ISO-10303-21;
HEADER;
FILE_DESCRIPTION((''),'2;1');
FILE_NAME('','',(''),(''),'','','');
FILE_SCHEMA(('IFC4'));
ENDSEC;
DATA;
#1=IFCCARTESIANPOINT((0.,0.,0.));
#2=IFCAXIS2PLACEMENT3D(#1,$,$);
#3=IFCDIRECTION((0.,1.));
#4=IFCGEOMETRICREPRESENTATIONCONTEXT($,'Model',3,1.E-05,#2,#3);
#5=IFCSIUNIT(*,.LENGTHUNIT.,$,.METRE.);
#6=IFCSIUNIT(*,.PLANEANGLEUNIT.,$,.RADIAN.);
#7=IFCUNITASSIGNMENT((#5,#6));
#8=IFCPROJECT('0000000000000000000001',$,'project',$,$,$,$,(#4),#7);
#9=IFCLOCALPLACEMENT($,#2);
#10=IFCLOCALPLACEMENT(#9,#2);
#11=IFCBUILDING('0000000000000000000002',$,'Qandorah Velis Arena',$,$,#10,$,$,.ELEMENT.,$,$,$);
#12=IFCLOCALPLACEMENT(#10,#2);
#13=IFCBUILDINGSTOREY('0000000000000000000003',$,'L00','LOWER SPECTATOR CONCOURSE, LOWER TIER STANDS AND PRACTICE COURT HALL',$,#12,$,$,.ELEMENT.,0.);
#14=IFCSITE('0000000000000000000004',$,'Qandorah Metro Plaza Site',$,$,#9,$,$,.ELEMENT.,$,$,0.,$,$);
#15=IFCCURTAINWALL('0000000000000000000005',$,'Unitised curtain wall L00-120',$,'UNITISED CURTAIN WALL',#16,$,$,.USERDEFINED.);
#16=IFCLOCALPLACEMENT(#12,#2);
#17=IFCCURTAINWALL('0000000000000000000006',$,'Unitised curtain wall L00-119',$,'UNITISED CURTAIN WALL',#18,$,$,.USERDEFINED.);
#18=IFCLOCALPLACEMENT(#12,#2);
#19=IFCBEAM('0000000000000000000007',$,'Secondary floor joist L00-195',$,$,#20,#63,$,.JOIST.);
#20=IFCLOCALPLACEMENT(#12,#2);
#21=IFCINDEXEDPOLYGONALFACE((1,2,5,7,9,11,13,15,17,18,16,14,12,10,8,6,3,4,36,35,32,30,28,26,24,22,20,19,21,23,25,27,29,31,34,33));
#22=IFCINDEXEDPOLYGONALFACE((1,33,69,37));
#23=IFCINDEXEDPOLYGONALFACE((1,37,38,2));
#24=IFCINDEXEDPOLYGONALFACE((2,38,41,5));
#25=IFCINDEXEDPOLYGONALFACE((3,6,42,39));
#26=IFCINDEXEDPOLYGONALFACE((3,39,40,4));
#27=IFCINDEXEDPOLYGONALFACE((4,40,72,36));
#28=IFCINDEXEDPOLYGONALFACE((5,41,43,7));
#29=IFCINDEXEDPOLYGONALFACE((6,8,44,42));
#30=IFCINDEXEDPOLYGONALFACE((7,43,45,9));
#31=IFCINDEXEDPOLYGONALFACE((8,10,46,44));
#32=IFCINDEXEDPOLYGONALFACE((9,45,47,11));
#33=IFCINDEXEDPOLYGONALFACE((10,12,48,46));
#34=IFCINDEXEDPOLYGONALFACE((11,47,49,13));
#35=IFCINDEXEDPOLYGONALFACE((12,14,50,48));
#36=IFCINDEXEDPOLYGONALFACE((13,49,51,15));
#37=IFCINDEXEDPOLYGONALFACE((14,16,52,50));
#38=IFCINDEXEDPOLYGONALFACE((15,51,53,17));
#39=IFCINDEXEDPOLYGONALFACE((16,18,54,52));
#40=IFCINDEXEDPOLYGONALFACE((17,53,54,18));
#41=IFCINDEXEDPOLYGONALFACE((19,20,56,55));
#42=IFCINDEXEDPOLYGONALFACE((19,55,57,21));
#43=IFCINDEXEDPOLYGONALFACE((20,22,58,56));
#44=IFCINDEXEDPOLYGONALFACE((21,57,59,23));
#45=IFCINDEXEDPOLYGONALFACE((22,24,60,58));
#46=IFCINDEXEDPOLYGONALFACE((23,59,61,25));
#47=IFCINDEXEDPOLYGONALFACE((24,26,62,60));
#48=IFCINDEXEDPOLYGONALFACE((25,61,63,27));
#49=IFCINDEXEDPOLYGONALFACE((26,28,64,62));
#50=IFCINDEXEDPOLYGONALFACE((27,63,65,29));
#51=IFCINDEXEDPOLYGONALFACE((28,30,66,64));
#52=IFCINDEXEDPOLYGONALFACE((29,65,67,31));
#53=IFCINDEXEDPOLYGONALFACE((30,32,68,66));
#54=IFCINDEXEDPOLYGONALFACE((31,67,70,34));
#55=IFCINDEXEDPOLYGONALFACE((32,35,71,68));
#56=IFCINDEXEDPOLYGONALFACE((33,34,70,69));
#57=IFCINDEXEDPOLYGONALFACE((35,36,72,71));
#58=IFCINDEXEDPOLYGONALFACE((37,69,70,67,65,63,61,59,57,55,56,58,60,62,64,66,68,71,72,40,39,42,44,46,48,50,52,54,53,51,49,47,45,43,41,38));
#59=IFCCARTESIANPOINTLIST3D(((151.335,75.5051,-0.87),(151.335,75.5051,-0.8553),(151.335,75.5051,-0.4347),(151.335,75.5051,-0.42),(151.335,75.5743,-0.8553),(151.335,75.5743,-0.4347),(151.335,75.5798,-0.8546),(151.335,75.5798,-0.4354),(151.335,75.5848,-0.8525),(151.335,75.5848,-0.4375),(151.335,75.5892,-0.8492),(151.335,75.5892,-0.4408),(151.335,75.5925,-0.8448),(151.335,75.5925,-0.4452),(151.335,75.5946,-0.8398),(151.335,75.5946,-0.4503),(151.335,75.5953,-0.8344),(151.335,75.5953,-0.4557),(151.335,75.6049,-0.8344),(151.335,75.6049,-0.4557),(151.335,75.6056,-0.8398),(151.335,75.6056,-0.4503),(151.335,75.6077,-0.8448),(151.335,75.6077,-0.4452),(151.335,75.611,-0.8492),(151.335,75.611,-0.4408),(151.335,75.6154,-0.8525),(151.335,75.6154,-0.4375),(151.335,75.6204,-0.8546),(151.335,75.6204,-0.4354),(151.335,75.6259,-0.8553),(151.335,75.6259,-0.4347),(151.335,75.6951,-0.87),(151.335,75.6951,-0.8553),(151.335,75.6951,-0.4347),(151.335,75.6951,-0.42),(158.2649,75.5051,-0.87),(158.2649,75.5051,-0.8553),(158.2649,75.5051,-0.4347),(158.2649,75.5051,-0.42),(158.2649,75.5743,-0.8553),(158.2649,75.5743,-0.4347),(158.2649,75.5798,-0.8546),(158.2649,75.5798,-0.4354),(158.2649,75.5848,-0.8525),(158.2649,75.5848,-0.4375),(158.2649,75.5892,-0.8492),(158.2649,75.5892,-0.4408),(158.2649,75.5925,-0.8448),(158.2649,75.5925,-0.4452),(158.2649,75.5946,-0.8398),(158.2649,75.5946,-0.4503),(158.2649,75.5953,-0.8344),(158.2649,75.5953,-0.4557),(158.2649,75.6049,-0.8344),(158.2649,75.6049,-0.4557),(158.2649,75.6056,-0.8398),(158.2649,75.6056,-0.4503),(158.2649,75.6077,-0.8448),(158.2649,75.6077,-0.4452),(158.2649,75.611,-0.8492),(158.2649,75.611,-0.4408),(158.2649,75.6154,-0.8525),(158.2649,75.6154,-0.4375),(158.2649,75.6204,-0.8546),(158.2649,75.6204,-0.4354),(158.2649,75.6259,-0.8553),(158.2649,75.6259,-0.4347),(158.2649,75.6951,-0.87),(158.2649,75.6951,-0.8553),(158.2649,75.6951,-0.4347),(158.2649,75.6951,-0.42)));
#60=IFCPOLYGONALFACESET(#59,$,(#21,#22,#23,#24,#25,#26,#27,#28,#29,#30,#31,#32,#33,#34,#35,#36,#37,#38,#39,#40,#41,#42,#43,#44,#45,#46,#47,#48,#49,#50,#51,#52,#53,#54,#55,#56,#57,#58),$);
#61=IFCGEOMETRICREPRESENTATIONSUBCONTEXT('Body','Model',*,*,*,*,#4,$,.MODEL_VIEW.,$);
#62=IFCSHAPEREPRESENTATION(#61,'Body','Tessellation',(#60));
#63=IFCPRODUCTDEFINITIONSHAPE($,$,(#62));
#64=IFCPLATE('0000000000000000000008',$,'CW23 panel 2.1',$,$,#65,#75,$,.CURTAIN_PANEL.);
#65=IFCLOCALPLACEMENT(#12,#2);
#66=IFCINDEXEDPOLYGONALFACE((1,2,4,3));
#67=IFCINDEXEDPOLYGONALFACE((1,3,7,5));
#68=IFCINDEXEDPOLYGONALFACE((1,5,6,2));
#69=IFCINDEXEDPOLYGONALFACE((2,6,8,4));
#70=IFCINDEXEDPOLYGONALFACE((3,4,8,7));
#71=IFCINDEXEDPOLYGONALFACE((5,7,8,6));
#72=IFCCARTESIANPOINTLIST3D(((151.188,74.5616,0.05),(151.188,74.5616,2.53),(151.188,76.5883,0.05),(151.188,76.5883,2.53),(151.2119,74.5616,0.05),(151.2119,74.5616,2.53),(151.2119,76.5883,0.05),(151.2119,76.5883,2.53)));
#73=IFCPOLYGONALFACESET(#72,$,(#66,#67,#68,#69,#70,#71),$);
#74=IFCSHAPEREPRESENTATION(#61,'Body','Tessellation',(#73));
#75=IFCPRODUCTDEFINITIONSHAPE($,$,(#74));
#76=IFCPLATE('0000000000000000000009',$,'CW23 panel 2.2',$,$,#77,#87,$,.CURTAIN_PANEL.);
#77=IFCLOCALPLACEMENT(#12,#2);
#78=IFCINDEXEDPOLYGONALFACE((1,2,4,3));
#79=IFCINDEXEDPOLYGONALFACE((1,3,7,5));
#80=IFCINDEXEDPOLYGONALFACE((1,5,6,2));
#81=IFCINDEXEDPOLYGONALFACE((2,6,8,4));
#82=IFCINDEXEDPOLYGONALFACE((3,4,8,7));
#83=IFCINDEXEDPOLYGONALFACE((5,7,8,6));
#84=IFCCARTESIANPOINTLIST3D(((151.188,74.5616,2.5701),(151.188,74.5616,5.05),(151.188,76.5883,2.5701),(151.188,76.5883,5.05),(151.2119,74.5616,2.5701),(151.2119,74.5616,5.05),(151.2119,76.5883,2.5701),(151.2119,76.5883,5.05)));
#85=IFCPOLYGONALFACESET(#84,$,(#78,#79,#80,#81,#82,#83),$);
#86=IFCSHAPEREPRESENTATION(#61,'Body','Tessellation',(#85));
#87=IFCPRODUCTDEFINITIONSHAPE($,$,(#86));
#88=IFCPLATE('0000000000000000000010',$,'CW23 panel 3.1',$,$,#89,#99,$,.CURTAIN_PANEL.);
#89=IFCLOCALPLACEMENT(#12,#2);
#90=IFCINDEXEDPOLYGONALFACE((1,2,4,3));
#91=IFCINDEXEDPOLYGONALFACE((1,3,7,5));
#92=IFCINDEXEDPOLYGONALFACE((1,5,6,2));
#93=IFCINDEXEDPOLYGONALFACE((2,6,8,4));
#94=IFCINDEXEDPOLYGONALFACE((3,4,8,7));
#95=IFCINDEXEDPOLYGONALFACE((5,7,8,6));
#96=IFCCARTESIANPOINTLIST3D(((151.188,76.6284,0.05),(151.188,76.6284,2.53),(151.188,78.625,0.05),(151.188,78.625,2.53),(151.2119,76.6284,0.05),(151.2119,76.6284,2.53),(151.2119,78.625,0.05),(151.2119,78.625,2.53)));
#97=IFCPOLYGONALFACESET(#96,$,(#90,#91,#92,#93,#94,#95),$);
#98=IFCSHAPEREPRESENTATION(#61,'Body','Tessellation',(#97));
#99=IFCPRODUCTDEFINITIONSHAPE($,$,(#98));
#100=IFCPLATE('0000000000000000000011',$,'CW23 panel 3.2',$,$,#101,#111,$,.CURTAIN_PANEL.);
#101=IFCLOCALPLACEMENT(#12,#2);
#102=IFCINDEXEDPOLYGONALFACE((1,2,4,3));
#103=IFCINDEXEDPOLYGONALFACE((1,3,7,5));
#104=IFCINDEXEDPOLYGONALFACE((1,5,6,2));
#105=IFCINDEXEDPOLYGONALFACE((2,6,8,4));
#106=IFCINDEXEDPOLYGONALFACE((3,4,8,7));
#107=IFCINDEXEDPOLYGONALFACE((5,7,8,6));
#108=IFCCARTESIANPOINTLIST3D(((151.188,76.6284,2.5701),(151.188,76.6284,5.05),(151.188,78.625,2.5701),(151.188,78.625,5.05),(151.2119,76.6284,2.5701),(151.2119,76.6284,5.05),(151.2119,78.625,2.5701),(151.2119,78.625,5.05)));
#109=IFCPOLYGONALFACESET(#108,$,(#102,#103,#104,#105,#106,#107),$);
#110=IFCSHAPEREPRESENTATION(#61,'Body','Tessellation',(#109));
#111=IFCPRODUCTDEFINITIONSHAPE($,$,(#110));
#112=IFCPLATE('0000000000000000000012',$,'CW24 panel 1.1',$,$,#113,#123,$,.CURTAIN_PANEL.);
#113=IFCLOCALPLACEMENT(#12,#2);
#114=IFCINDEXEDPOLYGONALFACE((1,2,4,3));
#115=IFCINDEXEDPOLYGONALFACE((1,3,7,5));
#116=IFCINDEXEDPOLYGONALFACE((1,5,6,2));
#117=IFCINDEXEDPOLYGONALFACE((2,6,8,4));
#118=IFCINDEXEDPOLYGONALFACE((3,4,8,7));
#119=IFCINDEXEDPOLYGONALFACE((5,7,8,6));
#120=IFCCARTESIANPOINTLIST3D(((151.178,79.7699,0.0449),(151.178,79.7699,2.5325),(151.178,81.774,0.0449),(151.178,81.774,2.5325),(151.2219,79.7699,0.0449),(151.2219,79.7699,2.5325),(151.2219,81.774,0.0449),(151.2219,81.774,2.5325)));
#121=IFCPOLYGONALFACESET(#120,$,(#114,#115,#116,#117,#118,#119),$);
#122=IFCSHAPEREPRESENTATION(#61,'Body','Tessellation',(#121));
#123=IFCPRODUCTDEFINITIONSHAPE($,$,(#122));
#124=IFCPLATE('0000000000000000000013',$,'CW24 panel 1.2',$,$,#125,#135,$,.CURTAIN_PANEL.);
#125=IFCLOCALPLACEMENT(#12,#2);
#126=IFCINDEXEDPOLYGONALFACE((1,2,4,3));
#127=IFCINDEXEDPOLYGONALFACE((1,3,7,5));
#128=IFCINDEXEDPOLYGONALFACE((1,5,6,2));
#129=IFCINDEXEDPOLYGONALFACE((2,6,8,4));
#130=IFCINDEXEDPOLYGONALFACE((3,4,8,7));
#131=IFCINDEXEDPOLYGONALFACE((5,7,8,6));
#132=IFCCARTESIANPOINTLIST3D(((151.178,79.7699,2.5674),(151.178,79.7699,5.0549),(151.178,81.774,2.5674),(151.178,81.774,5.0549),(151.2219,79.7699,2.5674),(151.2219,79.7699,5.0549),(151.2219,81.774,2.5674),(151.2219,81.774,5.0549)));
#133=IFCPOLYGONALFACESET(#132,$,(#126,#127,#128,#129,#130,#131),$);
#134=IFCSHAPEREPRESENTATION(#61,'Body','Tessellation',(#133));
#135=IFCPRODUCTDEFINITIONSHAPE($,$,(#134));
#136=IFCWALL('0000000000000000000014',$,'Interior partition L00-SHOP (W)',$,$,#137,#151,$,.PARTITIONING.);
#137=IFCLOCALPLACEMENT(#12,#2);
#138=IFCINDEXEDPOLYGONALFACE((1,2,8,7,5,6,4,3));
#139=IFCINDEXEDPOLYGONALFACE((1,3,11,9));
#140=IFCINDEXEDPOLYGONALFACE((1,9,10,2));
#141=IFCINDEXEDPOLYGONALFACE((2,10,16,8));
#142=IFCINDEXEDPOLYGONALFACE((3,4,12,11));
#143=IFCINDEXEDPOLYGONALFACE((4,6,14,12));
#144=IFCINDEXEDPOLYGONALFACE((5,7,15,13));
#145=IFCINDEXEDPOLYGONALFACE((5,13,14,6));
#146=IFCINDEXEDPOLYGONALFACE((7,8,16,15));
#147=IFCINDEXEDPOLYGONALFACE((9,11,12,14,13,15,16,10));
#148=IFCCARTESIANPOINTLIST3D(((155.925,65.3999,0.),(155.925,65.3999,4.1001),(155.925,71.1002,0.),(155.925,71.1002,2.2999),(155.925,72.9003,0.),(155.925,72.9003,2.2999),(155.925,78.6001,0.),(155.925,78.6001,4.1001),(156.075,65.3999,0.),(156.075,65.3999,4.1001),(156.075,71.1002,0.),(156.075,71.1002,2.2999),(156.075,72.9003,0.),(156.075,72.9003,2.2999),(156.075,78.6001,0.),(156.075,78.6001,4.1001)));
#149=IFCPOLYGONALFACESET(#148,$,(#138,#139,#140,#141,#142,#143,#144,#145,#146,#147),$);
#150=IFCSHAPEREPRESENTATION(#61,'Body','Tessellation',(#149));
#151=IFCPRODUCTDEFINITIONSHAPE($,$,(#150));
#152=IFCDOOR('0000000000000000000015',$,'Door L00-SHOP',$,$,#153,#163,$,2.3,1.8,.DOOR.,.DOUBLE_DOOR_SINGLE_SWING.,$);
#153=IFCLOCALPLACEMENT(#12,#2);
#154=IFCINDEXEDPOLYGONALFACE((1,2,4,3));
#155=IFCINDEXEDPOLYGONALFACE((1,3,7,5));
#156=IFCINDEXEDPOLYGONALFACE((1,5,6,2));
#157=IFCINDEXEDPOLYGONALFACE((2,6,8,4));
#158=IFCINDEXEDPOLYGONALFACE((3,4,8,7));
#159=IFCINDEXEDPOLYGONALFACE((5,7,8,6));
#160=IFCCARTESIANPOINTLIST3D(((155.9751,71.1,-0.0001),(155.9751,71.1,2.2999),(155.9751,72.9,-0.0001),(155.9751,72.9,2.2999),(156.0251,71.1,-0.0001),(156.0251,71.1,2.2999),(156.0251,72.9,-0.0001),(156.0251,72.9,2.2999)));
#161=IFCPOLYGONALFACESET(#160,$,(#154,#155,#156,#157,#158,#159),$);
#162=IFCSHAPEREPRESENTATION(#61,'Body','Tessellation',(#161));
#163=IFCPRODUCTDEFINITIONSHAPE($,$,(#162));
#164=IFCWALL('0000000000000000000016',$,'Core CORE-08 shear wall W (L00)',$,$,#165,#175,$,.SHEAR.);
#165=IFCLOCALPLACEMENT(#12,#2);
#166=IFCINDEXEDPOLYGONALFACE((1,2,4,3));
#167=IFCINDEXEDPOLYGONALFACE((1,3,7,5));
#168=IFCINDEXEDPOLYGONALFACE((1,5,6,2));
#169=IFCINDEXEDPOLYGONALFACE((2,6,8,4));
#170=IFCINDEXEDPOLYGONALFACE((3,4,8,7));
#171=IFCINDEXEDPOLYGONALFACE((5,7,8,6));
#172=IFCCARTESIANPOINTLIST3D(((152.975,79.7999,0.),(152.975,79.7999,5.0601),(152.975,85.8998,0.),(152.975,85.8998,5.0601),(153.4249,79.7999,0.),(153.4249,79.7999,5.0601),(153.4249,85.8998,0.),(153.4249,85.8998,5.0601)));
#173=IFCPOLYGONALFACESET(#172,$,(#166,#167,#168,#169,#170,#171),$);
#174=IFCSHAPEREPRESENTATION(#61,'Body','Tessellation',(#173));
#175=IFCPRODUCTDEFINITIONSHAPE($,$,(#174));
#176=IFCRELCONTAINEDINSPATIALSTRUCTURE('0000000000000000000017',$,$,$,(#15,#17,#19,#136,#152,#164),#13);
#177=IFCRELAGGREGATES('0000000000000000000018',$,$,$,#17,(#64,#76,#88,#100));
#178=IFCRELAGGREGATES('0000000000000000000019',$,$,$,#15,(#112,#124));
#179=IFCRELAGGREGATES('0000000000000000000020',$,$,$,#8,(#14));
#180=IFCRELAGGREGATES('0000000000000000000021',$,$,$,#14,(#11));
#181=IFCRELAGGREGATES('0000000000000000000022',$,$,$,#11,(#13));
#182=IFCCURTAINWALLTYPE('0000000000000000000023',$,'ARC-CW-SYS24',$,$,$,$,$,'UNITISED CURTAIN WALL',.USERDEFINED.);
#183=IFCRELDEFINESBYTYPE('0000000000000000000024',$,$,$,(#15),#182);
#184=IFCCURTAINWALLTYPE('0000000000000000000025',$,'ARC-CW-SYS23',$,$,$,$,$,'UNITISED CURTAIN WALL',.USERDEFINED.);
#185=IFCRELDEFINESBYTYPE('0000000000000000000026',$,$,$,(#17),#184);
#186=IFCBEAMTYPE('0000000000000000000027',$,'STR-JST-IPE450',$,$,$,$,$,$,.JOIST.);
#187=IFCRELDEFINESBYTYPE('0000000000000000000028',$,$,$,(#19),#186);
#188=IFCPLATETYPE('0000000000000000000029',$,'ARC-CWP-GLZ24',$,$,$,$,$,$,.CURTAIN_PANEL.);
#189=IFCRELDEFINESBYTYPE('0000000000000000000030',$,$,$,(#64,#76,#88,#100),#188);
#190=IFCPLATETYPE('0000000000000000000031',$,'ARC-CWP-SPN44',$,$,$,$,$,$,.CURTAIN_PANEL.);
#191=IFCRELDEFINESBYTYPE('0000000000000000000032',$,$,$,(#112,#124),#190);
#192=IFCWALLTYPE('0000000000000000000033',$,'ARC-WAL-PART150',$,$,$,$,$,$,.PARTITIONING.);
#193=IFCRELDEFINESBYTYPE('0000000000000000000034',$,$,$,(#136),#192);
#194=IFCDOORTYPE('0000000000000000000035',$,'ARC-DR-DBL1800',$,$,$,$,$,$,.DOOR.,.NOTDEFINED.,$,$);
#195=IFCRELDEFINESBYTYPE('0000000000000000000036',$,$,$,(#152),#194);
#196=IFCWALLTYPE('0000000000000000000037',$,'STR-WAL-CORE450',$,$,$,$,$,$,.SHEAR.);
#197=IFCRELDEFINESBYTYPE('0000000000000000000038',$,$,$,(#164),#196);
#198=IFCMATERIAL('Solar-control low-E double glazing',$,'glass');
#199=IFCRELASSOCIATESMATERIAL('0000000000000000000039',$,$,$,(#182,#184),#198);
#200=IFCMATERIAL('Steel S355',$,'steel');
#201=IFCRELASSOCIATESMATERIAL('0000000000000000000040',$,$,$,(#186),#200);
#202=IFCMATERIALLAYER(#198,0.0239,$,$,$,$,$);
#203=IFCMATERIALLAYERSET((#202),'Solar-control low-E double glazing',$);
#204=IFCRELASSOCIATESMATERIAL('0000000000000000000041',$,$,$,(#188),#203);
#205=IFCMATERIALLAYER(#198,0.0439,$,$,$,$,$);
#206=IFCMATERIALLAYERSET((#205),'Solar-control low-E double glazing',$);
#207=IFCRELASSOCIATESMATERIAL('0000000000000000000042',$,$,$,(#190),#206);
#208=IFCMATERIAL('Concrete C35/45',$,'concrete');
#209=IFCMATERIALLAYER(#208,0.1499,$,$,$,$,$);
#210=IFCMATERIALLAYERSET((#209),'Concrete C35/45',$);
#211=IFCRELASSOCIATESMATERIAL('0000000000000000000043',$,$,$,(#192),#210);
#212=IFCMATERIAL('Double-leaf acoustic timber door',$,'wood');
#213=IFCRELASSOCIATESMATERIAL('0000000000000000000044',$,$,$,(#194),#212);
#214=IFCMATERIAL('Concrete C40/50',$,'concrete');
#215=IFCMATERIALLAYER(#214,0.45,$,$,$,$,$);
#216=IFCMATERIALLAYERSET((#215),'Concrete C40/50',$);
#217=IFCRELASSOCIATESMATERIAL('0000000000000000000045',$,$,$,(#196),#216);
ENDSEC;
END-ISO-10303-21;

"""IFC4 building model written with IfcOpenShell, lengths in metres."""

from ifc_helpers import new_model, si_unit, direction, frame, frame_2d, origin, origin_2d, place, context, subcontext, project, spatial, rectangle, i_section, extrude, material, layer, layer_set, material_profile, profile_set, type_object, element, fill, aggregate, save


model = new_model("IFC4")

# Units and contexts
model_context = context("Model", 3, precision=1e-05, world=origin(), true_north=direction((0.0, 1.0)))
body_context = subcontext(model_context, "Body", "Model", "MODEL_VIEW")
ifc_project = project(units=[si_unit("LENGTHUNIT", "METRE"), si_unit("PLANEANGLEUNIT", "RADIAN")], contexts=[model_context])

# Site, building, storey
site_placement = place(None, origin())
site = spatial("IfcSite", under=ifc_project, at=site_placement, Name="Qandorah Metro Plaza Site", CompositionType="ELEMENT", RefElevation=0.0)
building_placement = place(site_placement, origin())
building = spatial("IfcBuilding", under=site, at=building_placement, Name="Qandorah Velis Arena", CompositionType="ELEMENT")
storey_placement = place(building_placement, origin())
storey = spatial("IfcBuildingStorey", under=building, at=storey_placement, Name="L00", Description="LOWER SPECTATOR CONCOURSE, LOWER TIER STANDS AND PRACTICE COURT HALL", CompositionType="ELEMENT", Elevation=0.0)

# Shared definitions
ifc_material_1 = material(Name="Concrete C40/50", Category="concrete")

# Curtain walls
ifc_material_2 = material(Name="Solar-control low-E double glazing", Category="glass")
curtain_wall_type_1 = type_object("IfcCurtainWallType", Name="ARC-CW-SYS24", ElementType="UNITISED CURTAIN WALL", PredefinedType="USERDEFINED", material=ifc_material_2)
curtain_wall_1_placement = place(storey_placement, origin())
curtain_wall_1 = element("IfcCurtainWall", 1, at=curtain_wall_1_placement, inside=storey, type_object=curtain_wall_type_1, Name="Unitised curtain wall L00-120", ObjectType="UNITISED CURTAIN WALL", PredefinedType="USERDEFINED")
curtain_wall_type_2 = type_object("IfcCurtainWallType", Name="ARC-CW-SYS23", ElementType="UNITISED CURTAIN WALL", PredefinedType="USERDEFINED", material=ifc_material_2)
curtain_wall_2_placement = place(storey_placement, origin())
curtain_wall_2 = element("IfcCurtainWall", 2, at=curtain_wall_2_placement, inside=storey, type_object=curtain_wall_type_2, Name="Unitised curtain wall L00-119", ObjectType="UNITISED CURTAIN WALL", PredefinedType="USERDEFINED")

# Beam
ifc_material_3 = material(Name="Steel S355", Category="steel")
ifc_material_profile_1 = material_profile(ifc_material_3, i_section(OverallWidth=0.1899, OverallDepth=0.45, WebThickness=0.0095, FlangeThickness=0.0146, FilletRadius=0.021, at=origin_2d()), Name="IPE 450")
ifc_profile_set_1 = profile_set([ifc_material_profile_1], Name="Steel S355")
beam_type_1 = type_object("IfcBeamType", Name="STR-JST-IPE450", PredefinedType="JOIST", material=ifc_profile_set_1)
beam_1_placement = place(storey_placement, frame((151.335, 75.6001, -0.645), z_axis=(1.0, 0.0, 0.0), x_axis=(0.0, 1.0, 0.0)))
element("IfcBeam", 3, at=beam_1_placement, inside=storey, type_object=beam_type_1, Name="Secondary floor joist L00-195", PredefinedType="JOIST", context=body_context, shape_type="SweptSolid", body=[
    extrude(i_section(OverallWidth=0.1899, OverallDepth=0.45, WebThickness=0.0095, FlangeThickness=0.0146, FilletRadius=0.021, at=origin_2d()), origin(), (0.0, 0.0, 1.0), 6.9299),
])

# Plates
ifc_layer_1 = layer(ifc_material_2, 0.0239)
ifc_layer_set_1 = layer_set([ifc_layer_1], Name="Solar-control low-E double glazing")
plate_type_1 = type_object("IfcPlateType", Name="ARC-CWP-GLZ24", PredefinedType="CURTAIN_PANEL", material=ifc_layer_set_1)
plate_1_placement = place(storey_placement, frame((151.2, 75.575, 0.05), z_axis=(0.0, 0.0, 1.0), x_axis=(0.0, 1.0, 0.0)))
plate_1 = element("IfcPlate", 4, at=plate_1_placement, type_object=plate_type_1, Name="CW23 panel 2.1", PredefinedType="CURTAIN_PANEL", context=body_context, shape_type="SweptSolid", body=[
    extrude(rectangle(XDim=2.0266, YDim=0.0239, at=origin_2d()), origin(), (0.0, 0.0, 1.0), 2.48),
])
plate_2_placement = place(storey_placement, frame((151.2, 75.575, 2.5701), z_axis=(0.0, 0.0, 1.0), x_axis=(0.0, 1.0, 0.0)))
plate_2 = element("IfcPlate", 5, at=plate_2_placement, type_object=plate_type_1, Name="CW23 panel 2.2", PredefinedType="CURTAIN_PANEL", context=body_context, shape_type="SweptSolid", body=[
    extrude(rectangle(XDim=2.0266, YDim=0.0239, at=origin_2d()), origin(), (0.0, 0.0, 1.0), 2.48),
])
plate_3_placement = place(storey_placement, frame((151.2, 77.6267, 0.05), z_axis=(0.0, 0.0, 1.0), x_axis=(0.0, 1.0, 0.0)))
plate_3 = element("IfcPlate", 6, at=plate_3_placement, type_object=plate_type_1, Name="CW23 panel 3.1", PredefinedType="CURTAIN_PANEL", context=body_context, shape_type="SweptSolid", body=[
    extrude(rectangle(XDim=1.9966, YDim=0.0239, at=origin_2d()), origin(), (0.0, 0.0, 1.0), 2.48),
])
plate_4_placement = place(storey_placement, frame((151.2, 77.6267, 2.5701), z_axis=(0.0, 0.0, 1.0), x_axis=(0.0, 1.0, 0.0)))
plate_4 = element("IfcPlate", 7, at=plate_4_placement, type_object=plate_type_1, Name="CW23 panel 3.2", PredefinedType="CURTAIN_PANEL", context=body_context, shape_type="SweptSolid", body=[
    extrude(rectangle(XDim=1.9966, YDim=0.0239, at=origin_2d()), origin(), (0.0, 0.0, 1.0), 2.48),
])
aggregate(curtain_wall_2, [plate_1, plate_2, plate_3, plate_4])
ifc_layer_2 = layer(ifc_material_2, 0.0439)
ifc_layer_set_2 = layer_set([ifc_layer_2], Name="Solar-control low-E double glazing")
plate_type_2 = type_object("IfcPlateType", Name="ARC-CWP-SPN44", PredefinedType="CURTAIN_PANEL", material=ifc_layer_set_2)
plate_5_placement = place(storey_placement, frame((151.2, 80.772, 0.0449), z_axis=(0.0, 0.0, 1.0), x_axis=(0.0, 1.0, 0.0)))
plate_5 = element("IfcPlate", 8, at=plate_5_placement, type_object=plate_type_2, Name="CW24 panel 1.1", PredefinedType="CURTAIN_PANEL", context=body_context, shape_type="SweptSolid", body=[
    extrude(rectangle(XDim=2.0042, YDim=0.0439, at=origin_2d()), origin(), (0.0, 0.0, 1.0), 2.4875),
])
plate_6_placement = place(storey_placement, frame((151.2, 80.772, 2.5674), z_axis=(0.0, 0.0, 1.0), x_axis=(0.0, 1.0, 0.0)))
plate_6 = element("IfcPlate", 9, at=plate_6_placement, type_object=plate_type_2, Name="CW24 panel 1.2", PredefinedType="CURTAIN_PANEL", context=body_context, shape_type="SweptSolid", body=[
    extrude(rectangle(XDim=2.0042, YDim=0.0439, at=origin_2d()), origin(), (0.0, 0.0, 1.0), 2.4875),
])
aggregate(curtain_wall_1, [plate_5, plate_6])

# Wall, opening, door
ifc_material_4 = material(Name="Concrete C35/45", Category="concrete")
ifc_layer_3 = layer(ifc_material_4, 0.1499)
ifc_layer_set_3 = layer_set([ifc_layer_3], Name="Concrete C35/45")
wall_type_1 = type_object("IfcWallType", Name="ARC-WAL-PART150", PredefinedType="PARTITIONING", material=ifc_layer_set_3)
wall_1_placement = place(storey_placement, frame((156.0, 78.6001, 0.0), z_axis=(0.0, 0.0, 1.0), x_axis=(0.0, -1.0, 0.0)))
wall_1 = element("IfcWall", 10, at=wall_1_placement, inside=storey, type_object=wall_type_1, Name="Interior partition L00-SHOP (W)", PredefinedType="PARTITIONING", context=body_context, shape_type="SweptSolid", body=[
    extrude(rectangle(XDim=13.2002, YDim=0.1499, at=frame_2d((6.6001, 0.0))), origin(), (0.0, 0.0, 1.0), 4.1001),
])
opening_1_placement = place(wall_1_placement, frame((5.7, 0.0, 0.0)))
opening_1 = element("IfcOpeningElement", 11, at=opening_1_placement, cuts=wall_1, PredefinedType="OPENING", context=body_context, shape_type="SweptSolid", body=[
    extrude(rectangle(XDim=1.8, YDim=2.3, at=frame_2d((0.8999, 1.1499))), frame((0.0, 0.085, 0.0), z_axis=(0.0, -1.0, 0.0), x_axis=(1.0, 0.0, 0.0)), (0.0, 0.0, 1.0), 0.1699),
])
ifc_material_5 = material(Name="Double-leaf acoustic timber door", Category="wood")
door_type_1 = type_object("IfcDoorType", Name="ARC-DR-DBL1800", OperationType="NOTDEFINED", PredefinedType="DOOR", material=ifc_material_5)
door_1_placement = place(opening_1_placement, frame((1.8, 0.0, 0.0), z_axis=(0.0, 0.0, 1.0), x_axis=(-1.0, 0.0, 0.0)))
door_1 = element("IfcDoor", 12, at=door_1_placement, inside=storey, type_object=door_type_1, Name="Door L00-SHOP", OperationType="DOUBLE_DOOR_SINGLE_SWING", OverallHeight=2.3, OverallWidth=1.8, PredefinedType="DOOR", context=body_context, shape_type="SweptSolid", body=[
    extrude(rectangle(XDim=1.8, YDim=2.3, at=frame_2d((0.8999, 1.1499))), frame((0.0, 0.0249, 0.0), z_axis=(0.0, -1.0, 0.0), x_axis=(1.0, 0.0, 0.0)), (0.0, 0.0, 1.0), 0.05),
])
fill(opening_1, door_1)

# Shared definitions
ifc_layer_4 = layer(ifc_material_1, 0.45)
ifc_layer_set_4 = layer_set([ifc_layer_4], Name="Concrete C40/50")
wall_type_2 = type_object("IfcWallType", Name="STR-WAL-CORE450", PredefinedType="SHEAR", material=ifc_layer_set_4)

# Wall
wall_2_placement = place(storey_placement, frame((153.2, 79.8, 0.0), z_axis=(0.0, 0.0, 1.0), x_axis=(0.0, 1.0, 0.0)))
element("IfcWall", 13, at=wall_2_placement, inside=storey, type_object=wall_type_2, Name="Core CORE-08 shear wall W (L00)", PredefinedType="SHEAR", context=body_context, shape_type="SweptSolid", body=[
    extrude(rectangle(XDim=6.0999, YDim=0.45, at=frame_2d((3.0498, 0.0))), origin(), (0.0, 0.0, 1.0), 5.0601),
])

save(model, "model.ifc")
